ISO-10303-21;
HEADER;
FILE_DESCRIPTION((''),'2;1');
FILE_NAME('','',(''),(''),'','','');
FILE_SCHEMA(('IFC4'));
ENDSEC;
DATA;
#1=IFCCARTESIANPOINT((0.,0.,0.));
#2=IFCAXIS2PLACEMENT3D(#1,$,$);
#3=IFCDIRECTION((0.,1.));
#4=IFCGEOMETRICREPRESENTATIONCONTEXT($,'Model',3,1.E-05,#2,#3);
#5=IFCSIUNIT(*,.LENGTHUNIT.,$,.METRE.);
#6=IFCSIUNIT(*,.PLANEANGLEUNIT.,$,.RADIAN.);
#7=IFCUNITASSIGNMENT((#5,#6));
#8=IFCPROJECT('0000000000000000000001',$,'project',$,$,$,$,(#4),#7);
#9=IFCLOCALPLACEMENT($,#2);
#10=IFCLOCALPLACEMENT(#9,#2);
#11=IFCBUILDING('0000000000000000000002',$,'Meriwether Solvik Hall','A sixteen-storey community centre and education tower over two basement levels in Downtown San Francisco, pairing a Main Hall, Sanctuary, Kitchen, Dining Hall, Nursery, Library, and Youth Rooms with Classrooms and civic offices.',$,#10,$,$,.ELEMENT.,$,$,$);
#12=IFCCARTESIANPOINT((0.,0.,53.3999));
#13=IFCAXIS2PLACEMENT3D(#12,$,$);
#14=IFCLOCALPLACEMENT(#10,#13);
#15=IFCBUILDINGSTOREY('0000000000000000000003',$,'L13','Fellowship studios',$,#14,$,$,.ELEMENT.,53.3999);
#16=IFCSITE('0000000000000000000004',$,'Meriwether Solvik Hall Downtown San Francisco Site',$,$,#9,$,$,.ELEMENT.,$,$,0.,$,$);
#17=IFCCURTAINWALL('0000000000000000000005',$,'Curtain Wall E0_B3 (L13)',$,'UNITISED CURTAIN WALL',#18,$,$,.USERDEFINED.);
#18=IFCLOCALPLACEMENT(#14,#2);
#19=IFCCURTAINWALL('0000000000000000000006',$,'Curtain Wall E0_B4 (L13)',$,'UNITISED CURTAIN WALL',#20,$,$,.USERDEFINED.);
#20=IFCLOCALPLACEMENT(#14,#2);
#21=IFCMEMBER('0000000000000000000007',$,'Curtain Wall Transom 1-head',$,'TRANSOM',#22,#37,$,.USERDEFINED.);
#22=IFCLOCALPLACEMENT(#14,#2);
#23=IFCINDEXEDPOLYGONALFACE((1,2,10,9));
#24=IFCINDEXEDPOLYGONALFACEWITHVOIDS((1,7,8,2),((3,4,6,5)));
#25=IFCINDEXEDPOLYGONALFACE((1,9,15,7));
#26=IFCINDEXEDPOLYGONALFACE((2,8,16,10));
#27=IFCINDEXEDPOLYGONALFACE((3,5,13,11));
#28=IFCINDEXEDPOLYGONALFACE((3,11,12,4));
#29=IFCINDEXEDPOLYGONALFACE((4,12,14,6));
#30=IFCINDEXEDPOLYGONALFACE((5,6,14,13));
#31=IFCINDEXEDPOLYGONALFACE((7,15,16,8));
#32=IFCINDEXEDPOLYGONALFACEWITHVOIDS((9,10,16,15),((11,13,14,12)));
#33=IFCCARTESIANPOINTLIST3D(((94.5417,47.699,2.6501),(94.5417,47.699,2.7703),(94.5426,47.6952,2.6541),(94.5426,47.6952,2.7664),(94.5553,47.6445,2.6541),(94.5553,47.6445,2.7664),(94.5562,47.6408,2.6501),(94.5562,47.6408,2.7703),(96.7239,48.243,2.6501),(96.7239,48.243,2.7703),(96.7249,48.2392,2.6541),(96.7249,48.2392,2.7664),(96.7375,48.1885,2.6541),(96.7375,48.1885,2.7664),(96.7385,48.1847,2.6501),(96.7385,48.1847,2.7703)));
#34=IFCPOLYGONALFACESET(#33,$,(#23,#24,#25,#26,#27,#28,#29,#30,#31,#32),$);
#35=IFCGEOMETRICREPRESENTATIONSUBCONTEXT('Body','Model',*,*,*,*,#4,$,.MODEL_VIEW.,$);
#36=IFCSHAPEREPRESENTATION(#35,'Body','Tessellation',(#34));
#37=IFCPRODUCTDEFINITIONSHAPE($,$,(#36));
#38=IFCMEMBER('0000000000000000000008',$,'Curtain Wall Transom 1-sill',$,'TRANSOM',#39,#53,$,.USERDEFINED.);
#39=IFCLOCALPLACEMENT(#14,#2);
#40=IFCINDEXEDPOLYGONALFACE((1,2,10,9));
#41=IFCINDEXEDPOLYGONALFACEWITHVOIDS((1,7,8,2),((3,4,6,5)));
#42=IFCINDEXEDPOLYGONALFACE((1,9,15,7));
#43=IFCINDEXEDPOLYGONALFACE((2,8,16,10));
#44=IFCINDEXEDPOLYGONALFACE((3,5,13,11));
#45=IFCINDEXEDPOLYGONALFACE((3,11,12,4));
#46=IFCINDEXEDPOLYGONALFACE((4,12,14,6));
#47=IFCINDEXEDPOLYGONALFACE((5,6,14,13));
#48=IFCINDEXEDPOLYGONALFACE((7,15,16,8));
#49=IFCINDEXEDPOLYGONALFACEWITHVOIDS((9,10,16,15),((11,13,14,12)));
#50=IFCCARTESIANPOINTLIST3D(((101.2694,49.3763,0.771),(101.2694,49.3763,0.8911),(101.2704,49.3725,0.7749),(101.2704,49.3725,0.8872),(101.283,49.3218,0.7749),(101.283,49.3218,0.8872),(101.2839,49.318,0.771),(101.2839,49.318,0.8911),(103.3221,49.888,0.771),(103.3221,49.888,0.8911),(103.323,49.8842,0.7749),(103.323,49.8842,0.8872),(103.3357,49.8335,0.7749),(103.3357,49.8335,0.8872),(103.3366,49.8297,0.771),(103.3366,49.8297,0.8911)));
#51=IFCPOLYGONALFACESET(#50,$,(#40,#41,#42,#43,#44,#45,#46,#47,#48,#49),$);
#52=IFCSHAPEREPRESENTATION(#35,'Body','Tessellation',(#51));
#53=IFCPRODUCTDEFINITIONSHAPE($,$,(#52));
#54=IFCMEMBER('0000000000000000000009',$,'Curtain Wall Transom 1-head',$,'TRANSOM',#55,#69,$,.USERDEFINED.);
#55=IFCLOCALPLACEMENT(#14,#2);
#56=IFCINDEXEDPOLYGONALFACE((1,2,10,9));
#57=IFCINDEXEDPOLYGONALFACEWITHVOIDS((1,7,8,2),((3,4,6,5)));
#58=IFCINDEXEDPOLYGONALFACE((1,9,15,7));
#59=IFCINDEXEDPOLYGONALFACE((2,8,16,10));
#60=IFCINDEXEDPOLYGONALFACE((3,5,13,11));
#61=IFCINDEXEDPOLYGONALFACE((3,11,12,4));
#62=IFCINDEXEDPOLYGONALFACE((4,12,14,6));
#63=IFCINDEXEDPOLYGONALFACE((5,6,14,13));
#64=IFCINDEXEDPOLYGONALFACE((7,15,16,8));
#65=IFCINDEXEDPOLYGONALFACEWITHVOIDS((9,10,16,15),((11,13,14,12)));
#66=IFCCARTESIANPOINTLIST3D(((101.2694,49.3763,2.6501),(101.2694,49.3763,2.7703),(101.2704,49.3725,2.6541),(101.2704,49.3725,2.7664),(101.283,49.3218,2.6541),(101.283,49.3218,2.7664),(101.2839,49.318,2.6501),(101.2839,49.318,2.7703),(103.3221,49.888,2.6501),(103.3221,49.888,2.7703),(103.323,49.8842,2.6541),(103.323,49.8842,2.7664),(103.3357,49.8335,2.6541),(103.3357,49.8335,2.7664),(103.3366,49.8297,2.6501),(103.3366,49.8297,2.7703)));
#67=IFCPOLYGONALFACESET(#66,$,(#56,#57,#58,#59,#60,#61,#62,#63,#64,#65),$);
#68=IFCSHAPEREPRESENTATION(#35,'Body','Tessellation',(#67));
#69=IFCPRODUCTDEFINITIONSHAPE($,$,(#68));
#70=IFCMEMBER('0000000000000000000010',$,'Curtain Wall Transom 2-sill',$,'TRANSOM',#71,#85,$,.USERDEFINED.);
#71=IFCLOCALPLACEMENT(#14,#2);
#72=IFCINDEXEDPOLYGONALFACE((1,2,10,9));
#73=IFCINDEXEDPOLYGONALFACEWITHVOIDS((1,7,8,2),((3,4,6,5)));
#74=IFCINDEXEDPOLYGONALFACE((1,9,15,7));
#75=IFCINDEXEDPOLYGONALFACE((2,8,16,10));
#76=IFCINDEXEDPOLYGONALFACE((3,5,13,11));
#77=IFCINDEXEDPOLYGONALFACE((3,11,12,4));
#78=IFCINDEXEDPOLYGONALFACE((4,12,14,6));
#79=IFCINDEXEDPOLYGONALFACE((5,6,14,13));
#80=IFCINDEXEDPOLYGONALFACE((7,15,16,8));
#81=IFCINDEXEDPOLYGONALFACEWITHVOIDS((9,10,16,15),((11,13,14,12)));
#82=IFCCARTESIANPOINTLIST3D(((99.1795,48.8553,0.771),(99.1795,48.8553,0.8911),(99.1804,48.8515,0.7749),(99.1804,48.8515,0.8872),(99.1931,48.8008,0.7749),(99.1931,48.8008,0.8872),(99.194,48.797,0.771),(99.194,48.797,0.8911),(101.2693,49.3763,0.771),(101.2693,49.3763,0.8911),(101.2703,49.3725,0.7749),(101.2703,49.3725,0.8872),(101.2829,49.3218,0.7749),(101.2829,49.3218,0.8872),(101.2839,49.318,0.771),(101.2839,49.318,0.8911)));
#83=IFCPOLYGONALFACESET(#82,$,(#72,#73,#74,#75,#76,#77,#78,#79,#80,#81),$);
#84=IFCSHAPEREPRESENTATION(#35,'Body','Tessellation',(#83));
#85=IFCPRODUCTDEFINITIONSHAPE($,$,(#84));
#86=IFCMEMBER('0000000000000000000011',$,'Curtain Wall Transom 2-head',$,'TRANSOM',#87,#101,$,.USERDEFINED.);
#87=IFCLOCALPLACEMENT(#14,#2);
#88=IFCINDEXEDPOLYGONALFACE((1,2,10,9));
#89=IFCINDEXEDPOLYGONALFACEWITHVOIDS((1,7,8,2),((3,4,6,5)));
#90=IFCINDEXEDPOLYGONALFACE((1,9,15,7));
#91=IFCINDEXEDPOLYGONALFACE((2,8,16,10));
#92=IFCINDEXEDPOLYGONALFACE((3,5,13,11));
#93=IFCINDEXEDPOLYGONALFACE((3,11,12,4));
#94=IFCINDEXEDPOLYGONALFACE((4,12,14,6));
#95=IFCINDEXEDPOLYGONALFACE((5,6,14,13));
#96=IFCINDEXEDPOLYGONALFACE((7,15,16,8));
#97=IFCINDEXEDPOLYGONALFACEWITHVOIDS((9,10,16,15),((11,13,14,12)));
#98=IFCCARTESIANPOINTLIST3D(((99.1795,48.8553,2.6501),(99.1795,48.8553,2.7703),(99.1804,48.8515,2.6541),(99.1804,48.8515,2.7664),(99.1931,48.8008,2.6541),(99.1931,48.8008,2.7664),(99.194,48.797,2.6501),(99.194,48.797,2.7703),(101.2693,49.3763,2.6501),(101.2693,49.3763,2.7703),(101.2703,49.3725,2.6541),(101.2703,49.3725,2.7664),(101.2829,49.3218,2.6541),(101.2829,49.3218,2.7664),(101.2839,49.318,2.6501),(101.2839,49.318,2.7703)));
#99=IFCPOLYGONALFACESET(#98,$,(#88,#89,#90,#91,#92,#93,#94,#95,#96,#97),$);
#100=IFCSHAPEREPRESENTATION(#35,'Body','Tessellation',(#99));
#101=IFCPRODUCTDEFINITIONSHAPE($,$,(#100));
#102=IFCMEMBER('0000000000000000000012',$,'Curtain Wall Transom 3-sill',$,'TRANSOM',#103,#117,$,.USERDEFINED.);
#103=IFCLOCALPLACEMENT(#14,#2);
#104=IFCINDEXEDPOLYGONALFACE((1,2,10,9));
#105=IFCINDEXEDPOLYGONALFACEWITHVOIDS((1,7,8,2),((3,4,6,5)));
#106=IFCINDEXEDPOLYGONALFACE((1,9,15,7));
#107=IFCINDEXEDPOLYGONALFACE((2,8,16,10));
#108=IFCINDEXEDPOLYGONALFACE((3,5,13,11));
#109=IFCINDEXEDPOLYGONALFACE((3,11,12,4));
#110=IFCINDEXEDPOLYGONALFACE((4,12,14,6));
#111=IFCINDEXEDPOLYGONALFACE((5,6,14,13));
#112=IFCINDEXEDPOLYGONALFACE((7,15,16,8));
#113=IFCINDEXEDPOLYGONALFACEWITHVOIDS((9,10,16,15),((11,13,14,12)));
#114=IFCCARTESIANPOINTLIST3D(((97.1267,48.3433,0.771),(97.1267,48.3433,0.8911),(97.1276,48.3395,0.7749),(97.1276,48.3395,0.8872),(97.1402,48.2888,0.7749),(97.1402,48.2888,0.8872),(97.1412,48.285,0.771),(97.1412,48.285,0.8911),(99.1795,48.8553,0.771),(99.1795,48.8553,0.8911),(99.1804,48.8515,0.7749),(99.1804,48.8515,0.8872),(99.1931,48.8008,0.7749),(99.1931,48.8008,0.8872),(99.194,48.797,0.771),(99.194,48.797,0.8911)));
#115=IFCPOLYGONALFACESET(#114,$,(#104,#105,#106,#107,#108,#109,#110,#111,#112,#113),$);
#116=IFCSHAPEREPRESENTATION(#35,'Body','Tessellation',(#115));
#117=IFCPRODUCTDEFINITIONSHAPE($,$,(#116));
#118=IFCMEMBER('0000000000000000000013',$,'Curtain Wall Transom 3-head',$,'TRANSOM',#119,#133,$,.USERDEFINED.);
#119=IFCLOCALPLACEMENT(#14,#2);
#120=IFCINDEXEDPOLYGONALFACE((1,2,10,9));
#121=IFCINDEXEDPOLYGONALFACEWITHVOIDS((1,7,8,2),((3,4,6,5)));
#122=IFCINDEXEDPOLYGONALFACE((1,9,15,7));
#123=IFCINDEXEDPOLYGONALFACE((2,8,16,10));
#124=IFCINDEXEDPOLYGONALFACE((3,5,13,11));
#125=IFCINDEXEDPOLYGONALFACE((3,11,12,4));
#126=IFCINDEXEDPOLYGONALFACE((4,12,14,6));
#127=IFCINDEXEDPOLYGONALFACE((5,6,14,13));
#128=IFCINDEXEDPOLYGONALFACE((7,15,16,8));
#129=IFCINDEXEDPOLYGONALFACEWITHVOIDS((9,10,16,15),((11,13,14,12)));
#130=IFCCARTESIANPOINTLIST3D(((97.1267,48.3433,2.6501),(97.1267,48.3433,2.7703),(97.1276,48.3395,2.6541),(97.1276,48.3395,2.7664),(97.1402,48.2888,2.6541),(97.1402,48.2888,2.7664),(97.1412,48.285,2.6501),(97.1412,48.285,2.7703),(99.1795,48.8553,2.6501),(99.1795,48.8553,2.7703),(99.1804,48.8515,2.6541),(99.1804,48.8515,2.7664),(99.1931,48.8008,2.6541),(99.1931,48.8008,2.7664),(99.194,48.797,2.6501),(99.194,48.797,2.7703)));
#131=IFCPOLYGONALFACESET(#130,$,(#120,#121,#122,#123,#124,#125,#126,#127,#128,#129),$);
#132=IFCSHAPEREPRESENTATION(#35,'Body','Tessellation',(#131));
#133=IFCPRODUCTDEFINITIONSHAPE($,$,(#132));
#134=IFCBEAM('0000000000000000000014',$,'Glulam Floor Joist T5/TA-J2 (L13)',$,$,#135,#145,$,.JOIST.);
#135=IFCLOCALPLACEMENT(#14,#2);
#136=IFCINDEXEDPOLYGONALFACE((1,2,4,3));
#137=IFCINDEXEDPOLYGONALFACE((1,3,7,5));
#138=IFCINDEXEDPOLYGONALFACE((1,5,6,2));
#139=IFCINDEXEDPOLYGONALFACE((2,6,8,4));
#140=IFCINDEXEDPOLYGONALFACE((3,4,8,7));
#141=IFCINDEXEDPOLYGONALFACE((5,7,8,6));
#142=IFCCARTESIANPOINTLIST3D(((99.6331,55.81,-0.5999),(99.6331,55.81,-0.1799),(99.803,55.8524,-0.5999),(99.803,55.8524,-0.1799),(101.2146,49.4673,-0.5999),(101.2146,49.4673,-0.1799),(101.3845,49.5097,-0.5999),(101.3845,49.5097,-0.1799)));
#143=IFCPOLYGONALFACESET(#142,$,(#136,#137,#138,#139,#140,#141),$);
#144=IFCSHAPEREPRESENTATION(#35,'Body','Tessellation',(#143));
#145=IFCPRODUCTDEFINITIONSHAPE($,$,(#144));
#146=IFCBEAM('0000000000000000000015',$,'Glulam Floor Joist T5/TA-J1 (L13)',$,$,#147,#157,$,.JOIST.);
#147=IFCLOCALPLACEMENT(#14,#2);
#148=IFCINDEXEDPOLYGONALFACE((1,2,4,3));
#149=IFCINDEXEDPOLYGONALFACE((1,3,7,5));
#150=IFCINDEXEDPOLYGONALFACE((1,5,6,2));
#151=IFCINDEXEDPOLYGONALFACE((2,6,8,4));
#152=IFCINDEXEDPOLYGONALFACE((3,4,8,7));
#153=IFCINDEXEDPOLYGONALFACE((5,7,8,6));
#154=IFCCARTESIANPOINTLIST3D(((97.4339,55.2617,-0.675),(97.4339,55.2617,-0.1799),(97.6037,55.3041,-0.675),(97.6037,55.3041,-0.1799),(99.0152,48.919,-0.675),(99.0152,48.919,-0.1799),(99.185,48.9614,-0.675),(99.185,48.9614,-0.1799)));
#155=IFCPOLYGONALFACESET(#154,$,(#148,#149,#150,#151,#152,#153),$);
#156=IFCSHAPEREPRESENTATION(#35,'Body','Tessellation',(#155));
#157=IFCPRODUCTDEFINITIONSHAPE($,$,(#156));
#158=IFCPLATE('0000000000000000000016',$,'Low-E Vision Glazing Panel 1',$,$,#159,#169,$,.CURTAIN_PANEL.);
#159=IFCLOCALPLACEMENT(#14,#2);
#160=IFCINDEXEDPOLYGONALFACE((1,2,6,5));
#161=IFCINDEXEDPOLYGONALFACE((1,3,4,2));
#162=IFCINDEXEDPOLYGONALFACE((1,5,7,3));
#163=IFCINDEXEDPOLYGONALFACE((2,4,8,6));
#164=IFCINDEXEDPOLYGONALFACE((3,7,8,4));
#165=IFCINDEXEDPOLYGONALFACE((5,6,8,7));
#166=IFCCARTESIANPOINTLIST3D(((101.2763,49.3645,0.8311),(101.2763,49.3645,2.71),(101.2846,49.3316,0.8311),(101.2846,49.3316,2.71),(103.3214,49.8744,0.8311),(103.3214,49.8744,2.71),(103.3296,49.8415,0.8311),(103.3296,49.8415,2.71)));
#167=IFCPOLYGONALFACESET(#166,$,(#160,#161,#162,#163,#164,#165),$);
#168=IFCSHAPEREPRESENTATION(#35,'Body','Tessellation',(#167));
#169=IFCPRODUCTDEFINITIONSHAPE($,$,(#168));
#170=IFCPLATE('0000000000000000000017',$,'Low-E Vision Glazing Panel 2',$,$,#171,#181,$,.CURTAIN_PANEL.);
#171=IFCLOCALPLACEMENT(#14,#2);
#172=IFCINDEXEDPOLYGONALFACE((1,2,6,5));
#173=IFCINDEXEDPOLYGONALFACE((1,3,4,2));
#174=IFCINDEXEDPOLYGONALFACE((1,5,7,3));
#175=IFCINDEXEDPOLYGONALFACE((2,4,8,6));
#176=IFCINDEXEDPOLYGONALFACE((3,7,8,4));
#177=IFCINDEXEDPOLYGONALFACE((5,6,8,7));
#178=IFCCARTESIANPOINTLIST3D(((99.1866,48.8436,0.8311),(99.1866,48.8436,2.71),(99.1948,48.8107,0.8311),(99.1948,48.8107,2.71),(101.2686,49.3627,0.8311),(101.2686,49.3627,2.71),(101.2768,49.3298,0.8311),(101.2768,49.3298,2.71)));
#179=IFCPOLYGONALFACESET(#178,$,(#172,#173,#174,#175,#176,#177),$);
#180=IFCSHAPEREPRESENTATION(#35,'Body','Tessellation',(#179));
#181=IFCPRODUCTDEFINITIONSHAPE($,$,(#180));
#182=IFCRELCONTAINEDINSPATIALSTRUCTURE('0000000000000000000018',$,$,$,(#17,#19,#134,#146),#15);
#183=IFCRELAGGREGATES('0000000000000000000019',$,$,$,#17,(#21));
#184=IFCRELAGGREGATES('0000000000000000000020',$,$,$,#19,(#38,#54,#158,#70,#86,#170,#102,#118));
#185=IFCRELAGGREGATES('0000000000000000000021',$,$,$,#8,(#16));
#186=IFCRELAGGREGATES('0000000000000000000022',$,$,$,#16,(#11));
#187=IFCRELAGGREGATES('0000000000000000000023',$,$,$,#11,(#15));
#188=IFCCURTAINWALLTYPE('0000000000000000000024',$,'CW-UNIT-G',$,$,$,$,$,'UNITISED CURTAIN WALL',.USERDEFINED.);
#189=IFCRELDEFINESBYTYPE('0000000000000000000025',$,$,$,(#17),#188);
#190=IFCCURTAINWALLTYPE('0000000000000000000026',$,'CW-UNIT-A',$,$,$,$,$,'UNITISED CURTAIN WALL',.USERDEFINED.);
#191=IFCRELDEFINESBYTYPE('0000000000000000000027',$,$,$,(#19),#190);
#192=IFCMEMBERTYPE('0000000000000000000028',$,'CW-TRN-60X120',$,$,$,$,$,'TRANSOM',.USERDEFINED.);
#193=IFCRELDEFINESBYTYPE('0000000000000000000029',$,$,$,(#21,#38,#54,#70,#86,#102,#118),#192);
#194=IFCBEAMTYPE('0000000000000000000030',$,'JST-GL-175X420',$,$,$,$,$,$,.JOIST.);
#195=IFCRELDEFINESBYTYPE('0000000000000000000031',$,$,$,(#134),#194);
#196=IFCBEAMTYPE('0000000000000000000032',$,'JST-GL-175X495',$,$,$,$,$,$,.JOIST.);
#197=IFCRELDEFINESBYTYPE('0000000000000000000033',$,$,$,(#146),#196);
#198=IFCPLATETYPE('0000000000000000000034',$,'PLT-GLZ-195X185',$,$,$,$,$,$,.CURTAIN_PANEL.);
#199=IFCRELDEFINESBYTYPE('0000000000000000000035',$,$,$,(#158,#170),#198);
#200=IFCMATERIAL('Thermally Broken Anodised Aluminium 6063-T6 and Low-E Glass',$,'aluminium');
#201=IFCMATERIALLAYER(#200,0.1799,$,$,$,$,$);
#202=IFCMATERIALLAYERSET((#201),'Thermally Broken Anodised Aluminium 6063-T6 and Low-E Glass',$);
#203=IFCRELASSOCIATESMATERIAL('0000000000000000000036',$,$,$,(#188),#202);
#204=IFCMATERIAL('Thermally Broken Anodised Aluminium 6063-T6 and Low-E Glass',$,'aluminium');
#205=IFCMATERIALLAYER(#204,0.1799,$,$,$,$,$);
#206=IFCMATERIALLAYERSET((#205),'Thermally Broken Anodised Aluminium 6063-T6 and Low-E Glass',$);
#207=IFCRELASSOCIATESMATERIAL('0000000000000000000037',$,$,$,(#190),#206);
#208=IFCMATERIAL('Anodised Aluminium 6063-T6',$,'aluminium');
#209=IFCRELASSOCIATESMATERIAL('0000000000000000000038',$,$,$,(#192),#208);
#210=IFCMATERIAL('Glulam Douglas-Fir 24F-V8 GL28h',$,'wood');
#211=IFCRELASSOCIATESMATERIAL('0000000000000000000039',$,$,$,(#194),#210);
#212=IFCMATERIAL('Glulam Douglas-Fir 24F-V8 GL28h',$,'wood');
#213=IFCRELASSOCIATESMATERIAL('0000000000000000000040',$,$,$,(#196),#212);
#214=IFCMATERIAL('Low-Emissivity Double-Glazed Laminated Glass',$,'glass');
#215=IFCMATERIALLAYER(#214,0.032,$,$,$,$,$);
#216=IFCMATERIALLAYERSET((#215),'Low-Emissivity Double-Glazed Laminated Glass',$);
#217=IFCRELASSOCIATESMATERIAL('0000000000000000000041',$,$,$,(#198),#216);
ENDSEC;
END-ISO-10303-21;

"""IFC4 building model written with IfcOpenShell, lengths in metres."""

from ifc_helpers import new_model, si_unit, direction, frame, origin, origin_2d, place, context, subcontext, project, spatial, rectangle, hollow_rectangle, extrude, material, layer, layer_set, material_profile, profile_set, type_object, element, aggregate, save


model = new_model("IFC4")

# Units and contexts
model_context = context("Model", 3, precision=1e-05, world=origin(), true_north=direction((0.0, 1.0)))
body_context = subcontext(model_context, "Body", "Model", "MODEL_VIEW")
ifc_project = project(units=[si_unit("LENGTHUNIT", "METRE"), si_unit("PLANEANGLEUNIT", "RADIAN")], contexts=[model_context])

# Site, building, storey
site_placement = place(None, origin())
site = spatial("IfcSite", under=ifc_project, at=site_placement, Name="Meriwether Solvik Hall Downtown San Francisco Site", CompositionType="ELEMENT", RefElevation=0.0)
building_placement = place(site_placement, origin())
building = spatial("IfcBuilding", under=site, at=building_placement, Name="Meriwether Solvik Hall", Description="A sixteen-storey community centre and education tower over two basement levels in Downtown San Francisco, pairing a Main Hall, Sanctuary, Kitchen, Dining Hall, Nursery, Library, and Youth Rooms with Classrooms and civic offices.", CompositionType="ELEMENT")
storey_placement = place(building_placement, frame((0.0, 0.0, 53.3999)))
storey = spatial("IfcBuildingStorey", under=building, at=storey_placement, Name="L13", Description="Fellowship studios", CompositionType="ELEMENT", Elevation=53.3999)

# Curtain wall
ifc_material_1 = material(Name="Thermally Broken Anodised Aluminium 6063-T6 and Low-E Glass", Category="aluminium")
ifc_layer_1 = layer(ifc_material_1, 0.1799)
ifc_layer_set_1 = layer_set([ifc_layer_1], Name="Thermally Broken Anodised Aluminium 6063-T6 and Low-E Glass")
curtain_wall_type_1 = type_object("IfcCurtainWallType", Name="CW-UNIT-G", ElementType="UNITISED CURTAIN WALL", PredefinedType="USERDEFINED", material=ifc_layer_set_1)
curtain_wall_1_placement = place(storey_placement, origin())
curtain_wall_1 = element("IfcCurtainWall", 1, at=curtain_wall_1_placement, inside=storey, type_object=curtain_wall_type_1, Name="Curtain Wall E0_B3 (L13)", ObjectType="UNITISED CURTAIN WALL", PredefinedType="USERDEFINED")

# Curtain wall
ifc_material_2 = material(Name="Thermally Broken Anodised Aluminium 6063-T6 and Low-E Glass", Category="aluminium")
ifc_layer_2 = layer(ifc_material_2, 0.1799)
ifc_layer_set_2 = layer_set([ifc_layer_2], Name="Thermally Broken Anodised Aluminium 6063-T6 and Low-E Glass")
curtain_wall_type_2 = type_object("IfcCurtainWallType", Name="CW-UNIT-A", ElementType="UNITISED CURTAIN WALL", PredefinedType="USERDEFINED", material=ifc_layer_set_2)
curtain_wall_2_placement = place(storey_placement, origin())
curtain_wall_2 = element("IfcCurtainWall", 2, at=curtain_wall_2_placement, inside=storey, type_object=curtain_wall_type_2, Name="Curtain Wall E0_B4 (L13)", ObjectType="UNITISED CURTAIN WALL", PredefinedType="USERDEFINED")

# Members
ifc_material_3 = material(Name="Anodised Aluminium 6063-T6", Category="aluminium")
ifc_material_profile_1 = material_profile(ifc_material_3, hollow_rectangle(XDim=0.0601, YDim=0.1201, WallThickness=0.0039, at=origin_2d()), Name="CWT-60X120")
ifc_profile_set_1 = profile_set([ifc_material_profile_1], Name="Anodised Aluminium 6063-T6")
member_type_1 = type_object("IfcMemberType", Name="CW-TRN-60X120", ElementType="TRANSOM", PredefinedType="USERDEFINED", material=ifc_profile_set_1)
member_1_placement = place(storey_placement, frame((96.7312, 48.2139, 2.7102), z_axis=(-0.970308, -0.241871, 0.0), x_axis=(0.241871, -0.970308, 0.0)))
member_1 = element("IfcMember", 3, at=member_1_placement, type_object=member_type_1, Name="Curtain Wall Transom 1-head", ObjectType="TRANSOM", PredefinedType="USERDEFINED", context=body_context, shape_type="SweptSolid", body=[
    extrude(hollow_rectangle(XDim=0.0601, YDim=0.1201, WallThickness=0.0039, at=origin_2d()), origin(), (0.0, 0.0, 1.0), 2.249),
])
member_2_placement = place(storey_placement, frame((103.3293, 49.8589, 0.8311), z_axis=(-0.970305, -0.241884, 0.0), x_axis=(0.241884, -0.970305, 0.0)))
member_2 = element("IfcMember", 4, at=member_2_placement, type_object=member_type_1, Name="Curtain Wall Transom 1-sill", ObjectType="TRANSOM", PredefinedType="USERDEFINED", context=body_context, shape_type="SweptSolid", body=[
    extrude(hollow_rectangle(XDim=0.0601, YDim=0.1201, WallThickness=0.0039, at=origin_2d()), origin(), (0.0, 0.0, 1.0), 2.1155),
])
member_3_placement = place(storey_placement, frame((103.3293, 49.8589, 2.7102), z_axis=(-0.970305, -0.241884, 0.0), x_axis=(0.241884, -0.970305, 0.0)))
member_3 = element("IfcMember", 5, at=member_3_placement, type_object=member_type_1, Name="Curtain Wall Transom 1-head", ObjectType="TRANSOM", PredefinedType="USERDEFINED", context=body_context, shape_type="SweptSolid", body=[
    extrude(hollow_rectangle(XDim=0.0601, YDim=0.1201, WallThickness=0.0039, at=origin_2d()), origin(), (0.0, 0.0, 1.0), 2.1155),
])
member_4_placement = place(storey_placement, frame((101.2766, 49.3472, 0.8311), z_axis=(-0.970302, -0.241895, 0.0), x_axis=(0.241895, -0.970302, 0.0)))
member_4 = element("IfcMember", 6, at=member_4_placement, type_object=member_type_1, Name="Curtain Wall Transom 2-sill", ObjectType="TRANSOM", PredefinedType="USERDEFINED", context=body_context, shape_type="SweptSolid", body=[
    extrude(hollow_rectangle(XDim=0.0601, YDim=0.1201, WallThickness=0.0039, at=origin_2d()), origin(), (0.0, 0.0, 1.0), 2.1538),
])
member_5_placement = place(storey_placement, frame((101.2766, 49.3472, 2.7102), z_axis=(-0.970302, -0.241895, 0.0), x_axis=(0.241895, -0.970302, 0.0)))
member_5 = element("IfcMember", 7, at=member_5_placement, type_object=member_type_1, Name="Curtain Wall Transom 2-head", ObjectType="TRANSOM", PredefinedType="USERDEFINED", context=body_context, shape_type="SweptSolid", body=[
    extrude(hollow_rectangle(XDim=0.0601, YDim=0.1201, WallThickness=0.0039, at=origin_2d()), origin(), (0.0, 0.0, 1.0), 2.1538),
])
member_6_placement = place(storey_placement, frame((99.1868, 48.8262, 0.8311), z_axis=(-0.970278, -0.241993, 0.0), x_axis=(0.241993, -0.970278, 0.0)))
member_6 = element("IfcMember", 8, at=member_6_placement, type_object=member_type_1, Name="Curtain Wall Transom 3-sill", ObjectType="TRANSOM", PredefinedType="USERDEFINED", context=body_context, shape_type="SweptSolid", body=[
    extrude(hollow_rectangle(XDim=0.0601, YDim=0.1201, WallThickness=0.0039, at=origin_2d()), origin(), (0.0, 0.0, 1.0), 2.1157),
])
member_7_placement = place(storey_placement, frame((99.1868, 48.8262, 2.7102), z_axis=(-0.970278, -0.241993, 0.0), x_axis=(0.241993, -0.970278, 0.0)))
member_7 = element("IfcMember", 9, at=member_7_placement, type_object=member_type_1, Name="Curtain Wall Transom 3-head", ObjectType="TRANSOM", PredefinedType="USERDEFINED", context=body_context, shape_type="SweptSolid", body=[
    extrude(hollow_rectangle(XDim=0.0601, YDim=0.1201, WallThickness=0.0039, at=origin_2d()), origin(), (0.0, 0.0, 1.0), 2.1157),
])

# Beams
ifc_material_4 = material(Name="Glulam Douglas-Fir 24F-V8 GL28h", Category="wood")
ifc_material_profile_2 = material_profile(ifc_material_4, rectangle(XDim=0.175, YDim=0.4199, at=origin_2d()), Name="GLJ-175X420")
ifc_profile_set_2 = profile_set([ifc_material_profile_2], Name="Glulam Douglas-Fir 24F-V8 GL28h")
beam_type_1 = type_object("IfcBeamType", Name="JST-GL-175X420", PredefinedType="JOIST", material=ifc_profile_set_2)
beam_1_placement = place(storey_placement, frame((101.2996, 49.4885, -0.3899), z_axis=(-0.241938, 0.970292, 0.0), x_axis=(-0.970292, -0.241938, 0.0)))
element("IfcBeam", 10, at=beam_1_placement, inside=storey, type_object=beam_type_1, Name="Glulam Floor Joist T5/TA-J2 (L13)", PredefinedType="JOIST", context=body_context, shape_type="SweptSolid", body=[
    extrude(rectangle(XDim=0.175, YDim=0.4199, at=origin_2d()), origin(), (0.0, 0.0, 1.0), 6.5369),
])
ifc_material_5 = material(Name="Glulam Douglas-Fir 24F-V8 GL28h", Category="wood")
ifc_material_profile_3 = material_profile(ifc_material_5, rectangle(XDim=0.175, YDim=0.4951, at=origin_2d()), Name="GLJ-175X495")
ifc_profile_set_3 = profile_set([ifc_material_profile_3], Name="Glulam Douglas-Fir 24F-V8 GL28h")
beam_type_2 = type_object("IfcBeamType", Name="JST-GL-175X495", PredefinedType="JOIST", material=ifc_profile_set_3)
beam_2_placement = place(storey_placement, frame((99.1001, 48.9402, -0.4275), z_axis=(-0.241903, 0.9703, 0.0), x_axis=(-0.9703, -0.241903, 0.0)))
element("IfcBeam", 11, at=beam_2_placement, inside=storey, type_object=beam_type_2, Name="Glulam Floor Joist T5/TA-J1 (L13)", PredefinedType="JOIST", context=body_context, shape_type="SweptSolid", body=[
    extrude(rectangle(XDim=0.175, YDim=0.4951, at=origin_2d()), origin(), (0.0, 0.0, 1.0), 6.5369),
])

# Plates
ifc_material_6 = material(Name="Low-Emissivity Double-Glazed Laminated Glass", Category="glass")
ifc_layer_3 = layer(ifc_material_6, 0.032)
ifc_layer_set_3 = layer_set([ifc_layer_3], Name="Low-Emissivity Double-Glazed Laminated Glass")
plate_type_1 = type_object("IfcPlateType", Name="PLT-GLZ-195X185", PredefinedType="CURTAIN_PANEL", material=ifc_layer_set_3)
plate_1_placement = place(storey_placement, frame((102.303, 49.603, 0.8311), z_axis=(0.0, 0.0, 1.0), x_axis=(-0.970296, -0.241922, 0.0)))
plate_1 = element("IfcPlate", 12, at=plate_1_placement, type_object=plate_type_1, Name="Low-E Vision Glazing Panel 1", PredefinedType="CURTAIN_PANEL", context=body_context, shape_type="SweptSolid", body=[
    extrude(rectangle(XDim=2.1077, YDim=0.0339, at=origin_2d()), origin(), (0.0, 0.0, 1.0), 1.8789),
])
plate_2_placement = place(storey_placement, frame((100.2317, 49.0867, 0.8311), z_axis=(0.0, 0.0, 1.0), x_axis=(-0.970296, -0.241922, 0.0)))
plate_2 = element("IfcPlate", 13, at=plate_2_placement, type_object=plate_type_1, Name="Low-E Vision Glazing Panel 2", PredefinedType="CURTAIN_PANEL", context=body_context, shape_type="SweptSolid", body=[
    extrude(rectangle(XDim=2.1458, YDim=0.0339, at=origin_2d()), origin(), (0.0, 0.0, 1.0), 1.8789),
])
aggregate(curtain_wall_1, [member_1])
aggregate(curtain_wall_2, [member_2, member_3, plate_1, member_4, member_5, plate_2, member_6, member_7])

save(model, "model.ifc")
